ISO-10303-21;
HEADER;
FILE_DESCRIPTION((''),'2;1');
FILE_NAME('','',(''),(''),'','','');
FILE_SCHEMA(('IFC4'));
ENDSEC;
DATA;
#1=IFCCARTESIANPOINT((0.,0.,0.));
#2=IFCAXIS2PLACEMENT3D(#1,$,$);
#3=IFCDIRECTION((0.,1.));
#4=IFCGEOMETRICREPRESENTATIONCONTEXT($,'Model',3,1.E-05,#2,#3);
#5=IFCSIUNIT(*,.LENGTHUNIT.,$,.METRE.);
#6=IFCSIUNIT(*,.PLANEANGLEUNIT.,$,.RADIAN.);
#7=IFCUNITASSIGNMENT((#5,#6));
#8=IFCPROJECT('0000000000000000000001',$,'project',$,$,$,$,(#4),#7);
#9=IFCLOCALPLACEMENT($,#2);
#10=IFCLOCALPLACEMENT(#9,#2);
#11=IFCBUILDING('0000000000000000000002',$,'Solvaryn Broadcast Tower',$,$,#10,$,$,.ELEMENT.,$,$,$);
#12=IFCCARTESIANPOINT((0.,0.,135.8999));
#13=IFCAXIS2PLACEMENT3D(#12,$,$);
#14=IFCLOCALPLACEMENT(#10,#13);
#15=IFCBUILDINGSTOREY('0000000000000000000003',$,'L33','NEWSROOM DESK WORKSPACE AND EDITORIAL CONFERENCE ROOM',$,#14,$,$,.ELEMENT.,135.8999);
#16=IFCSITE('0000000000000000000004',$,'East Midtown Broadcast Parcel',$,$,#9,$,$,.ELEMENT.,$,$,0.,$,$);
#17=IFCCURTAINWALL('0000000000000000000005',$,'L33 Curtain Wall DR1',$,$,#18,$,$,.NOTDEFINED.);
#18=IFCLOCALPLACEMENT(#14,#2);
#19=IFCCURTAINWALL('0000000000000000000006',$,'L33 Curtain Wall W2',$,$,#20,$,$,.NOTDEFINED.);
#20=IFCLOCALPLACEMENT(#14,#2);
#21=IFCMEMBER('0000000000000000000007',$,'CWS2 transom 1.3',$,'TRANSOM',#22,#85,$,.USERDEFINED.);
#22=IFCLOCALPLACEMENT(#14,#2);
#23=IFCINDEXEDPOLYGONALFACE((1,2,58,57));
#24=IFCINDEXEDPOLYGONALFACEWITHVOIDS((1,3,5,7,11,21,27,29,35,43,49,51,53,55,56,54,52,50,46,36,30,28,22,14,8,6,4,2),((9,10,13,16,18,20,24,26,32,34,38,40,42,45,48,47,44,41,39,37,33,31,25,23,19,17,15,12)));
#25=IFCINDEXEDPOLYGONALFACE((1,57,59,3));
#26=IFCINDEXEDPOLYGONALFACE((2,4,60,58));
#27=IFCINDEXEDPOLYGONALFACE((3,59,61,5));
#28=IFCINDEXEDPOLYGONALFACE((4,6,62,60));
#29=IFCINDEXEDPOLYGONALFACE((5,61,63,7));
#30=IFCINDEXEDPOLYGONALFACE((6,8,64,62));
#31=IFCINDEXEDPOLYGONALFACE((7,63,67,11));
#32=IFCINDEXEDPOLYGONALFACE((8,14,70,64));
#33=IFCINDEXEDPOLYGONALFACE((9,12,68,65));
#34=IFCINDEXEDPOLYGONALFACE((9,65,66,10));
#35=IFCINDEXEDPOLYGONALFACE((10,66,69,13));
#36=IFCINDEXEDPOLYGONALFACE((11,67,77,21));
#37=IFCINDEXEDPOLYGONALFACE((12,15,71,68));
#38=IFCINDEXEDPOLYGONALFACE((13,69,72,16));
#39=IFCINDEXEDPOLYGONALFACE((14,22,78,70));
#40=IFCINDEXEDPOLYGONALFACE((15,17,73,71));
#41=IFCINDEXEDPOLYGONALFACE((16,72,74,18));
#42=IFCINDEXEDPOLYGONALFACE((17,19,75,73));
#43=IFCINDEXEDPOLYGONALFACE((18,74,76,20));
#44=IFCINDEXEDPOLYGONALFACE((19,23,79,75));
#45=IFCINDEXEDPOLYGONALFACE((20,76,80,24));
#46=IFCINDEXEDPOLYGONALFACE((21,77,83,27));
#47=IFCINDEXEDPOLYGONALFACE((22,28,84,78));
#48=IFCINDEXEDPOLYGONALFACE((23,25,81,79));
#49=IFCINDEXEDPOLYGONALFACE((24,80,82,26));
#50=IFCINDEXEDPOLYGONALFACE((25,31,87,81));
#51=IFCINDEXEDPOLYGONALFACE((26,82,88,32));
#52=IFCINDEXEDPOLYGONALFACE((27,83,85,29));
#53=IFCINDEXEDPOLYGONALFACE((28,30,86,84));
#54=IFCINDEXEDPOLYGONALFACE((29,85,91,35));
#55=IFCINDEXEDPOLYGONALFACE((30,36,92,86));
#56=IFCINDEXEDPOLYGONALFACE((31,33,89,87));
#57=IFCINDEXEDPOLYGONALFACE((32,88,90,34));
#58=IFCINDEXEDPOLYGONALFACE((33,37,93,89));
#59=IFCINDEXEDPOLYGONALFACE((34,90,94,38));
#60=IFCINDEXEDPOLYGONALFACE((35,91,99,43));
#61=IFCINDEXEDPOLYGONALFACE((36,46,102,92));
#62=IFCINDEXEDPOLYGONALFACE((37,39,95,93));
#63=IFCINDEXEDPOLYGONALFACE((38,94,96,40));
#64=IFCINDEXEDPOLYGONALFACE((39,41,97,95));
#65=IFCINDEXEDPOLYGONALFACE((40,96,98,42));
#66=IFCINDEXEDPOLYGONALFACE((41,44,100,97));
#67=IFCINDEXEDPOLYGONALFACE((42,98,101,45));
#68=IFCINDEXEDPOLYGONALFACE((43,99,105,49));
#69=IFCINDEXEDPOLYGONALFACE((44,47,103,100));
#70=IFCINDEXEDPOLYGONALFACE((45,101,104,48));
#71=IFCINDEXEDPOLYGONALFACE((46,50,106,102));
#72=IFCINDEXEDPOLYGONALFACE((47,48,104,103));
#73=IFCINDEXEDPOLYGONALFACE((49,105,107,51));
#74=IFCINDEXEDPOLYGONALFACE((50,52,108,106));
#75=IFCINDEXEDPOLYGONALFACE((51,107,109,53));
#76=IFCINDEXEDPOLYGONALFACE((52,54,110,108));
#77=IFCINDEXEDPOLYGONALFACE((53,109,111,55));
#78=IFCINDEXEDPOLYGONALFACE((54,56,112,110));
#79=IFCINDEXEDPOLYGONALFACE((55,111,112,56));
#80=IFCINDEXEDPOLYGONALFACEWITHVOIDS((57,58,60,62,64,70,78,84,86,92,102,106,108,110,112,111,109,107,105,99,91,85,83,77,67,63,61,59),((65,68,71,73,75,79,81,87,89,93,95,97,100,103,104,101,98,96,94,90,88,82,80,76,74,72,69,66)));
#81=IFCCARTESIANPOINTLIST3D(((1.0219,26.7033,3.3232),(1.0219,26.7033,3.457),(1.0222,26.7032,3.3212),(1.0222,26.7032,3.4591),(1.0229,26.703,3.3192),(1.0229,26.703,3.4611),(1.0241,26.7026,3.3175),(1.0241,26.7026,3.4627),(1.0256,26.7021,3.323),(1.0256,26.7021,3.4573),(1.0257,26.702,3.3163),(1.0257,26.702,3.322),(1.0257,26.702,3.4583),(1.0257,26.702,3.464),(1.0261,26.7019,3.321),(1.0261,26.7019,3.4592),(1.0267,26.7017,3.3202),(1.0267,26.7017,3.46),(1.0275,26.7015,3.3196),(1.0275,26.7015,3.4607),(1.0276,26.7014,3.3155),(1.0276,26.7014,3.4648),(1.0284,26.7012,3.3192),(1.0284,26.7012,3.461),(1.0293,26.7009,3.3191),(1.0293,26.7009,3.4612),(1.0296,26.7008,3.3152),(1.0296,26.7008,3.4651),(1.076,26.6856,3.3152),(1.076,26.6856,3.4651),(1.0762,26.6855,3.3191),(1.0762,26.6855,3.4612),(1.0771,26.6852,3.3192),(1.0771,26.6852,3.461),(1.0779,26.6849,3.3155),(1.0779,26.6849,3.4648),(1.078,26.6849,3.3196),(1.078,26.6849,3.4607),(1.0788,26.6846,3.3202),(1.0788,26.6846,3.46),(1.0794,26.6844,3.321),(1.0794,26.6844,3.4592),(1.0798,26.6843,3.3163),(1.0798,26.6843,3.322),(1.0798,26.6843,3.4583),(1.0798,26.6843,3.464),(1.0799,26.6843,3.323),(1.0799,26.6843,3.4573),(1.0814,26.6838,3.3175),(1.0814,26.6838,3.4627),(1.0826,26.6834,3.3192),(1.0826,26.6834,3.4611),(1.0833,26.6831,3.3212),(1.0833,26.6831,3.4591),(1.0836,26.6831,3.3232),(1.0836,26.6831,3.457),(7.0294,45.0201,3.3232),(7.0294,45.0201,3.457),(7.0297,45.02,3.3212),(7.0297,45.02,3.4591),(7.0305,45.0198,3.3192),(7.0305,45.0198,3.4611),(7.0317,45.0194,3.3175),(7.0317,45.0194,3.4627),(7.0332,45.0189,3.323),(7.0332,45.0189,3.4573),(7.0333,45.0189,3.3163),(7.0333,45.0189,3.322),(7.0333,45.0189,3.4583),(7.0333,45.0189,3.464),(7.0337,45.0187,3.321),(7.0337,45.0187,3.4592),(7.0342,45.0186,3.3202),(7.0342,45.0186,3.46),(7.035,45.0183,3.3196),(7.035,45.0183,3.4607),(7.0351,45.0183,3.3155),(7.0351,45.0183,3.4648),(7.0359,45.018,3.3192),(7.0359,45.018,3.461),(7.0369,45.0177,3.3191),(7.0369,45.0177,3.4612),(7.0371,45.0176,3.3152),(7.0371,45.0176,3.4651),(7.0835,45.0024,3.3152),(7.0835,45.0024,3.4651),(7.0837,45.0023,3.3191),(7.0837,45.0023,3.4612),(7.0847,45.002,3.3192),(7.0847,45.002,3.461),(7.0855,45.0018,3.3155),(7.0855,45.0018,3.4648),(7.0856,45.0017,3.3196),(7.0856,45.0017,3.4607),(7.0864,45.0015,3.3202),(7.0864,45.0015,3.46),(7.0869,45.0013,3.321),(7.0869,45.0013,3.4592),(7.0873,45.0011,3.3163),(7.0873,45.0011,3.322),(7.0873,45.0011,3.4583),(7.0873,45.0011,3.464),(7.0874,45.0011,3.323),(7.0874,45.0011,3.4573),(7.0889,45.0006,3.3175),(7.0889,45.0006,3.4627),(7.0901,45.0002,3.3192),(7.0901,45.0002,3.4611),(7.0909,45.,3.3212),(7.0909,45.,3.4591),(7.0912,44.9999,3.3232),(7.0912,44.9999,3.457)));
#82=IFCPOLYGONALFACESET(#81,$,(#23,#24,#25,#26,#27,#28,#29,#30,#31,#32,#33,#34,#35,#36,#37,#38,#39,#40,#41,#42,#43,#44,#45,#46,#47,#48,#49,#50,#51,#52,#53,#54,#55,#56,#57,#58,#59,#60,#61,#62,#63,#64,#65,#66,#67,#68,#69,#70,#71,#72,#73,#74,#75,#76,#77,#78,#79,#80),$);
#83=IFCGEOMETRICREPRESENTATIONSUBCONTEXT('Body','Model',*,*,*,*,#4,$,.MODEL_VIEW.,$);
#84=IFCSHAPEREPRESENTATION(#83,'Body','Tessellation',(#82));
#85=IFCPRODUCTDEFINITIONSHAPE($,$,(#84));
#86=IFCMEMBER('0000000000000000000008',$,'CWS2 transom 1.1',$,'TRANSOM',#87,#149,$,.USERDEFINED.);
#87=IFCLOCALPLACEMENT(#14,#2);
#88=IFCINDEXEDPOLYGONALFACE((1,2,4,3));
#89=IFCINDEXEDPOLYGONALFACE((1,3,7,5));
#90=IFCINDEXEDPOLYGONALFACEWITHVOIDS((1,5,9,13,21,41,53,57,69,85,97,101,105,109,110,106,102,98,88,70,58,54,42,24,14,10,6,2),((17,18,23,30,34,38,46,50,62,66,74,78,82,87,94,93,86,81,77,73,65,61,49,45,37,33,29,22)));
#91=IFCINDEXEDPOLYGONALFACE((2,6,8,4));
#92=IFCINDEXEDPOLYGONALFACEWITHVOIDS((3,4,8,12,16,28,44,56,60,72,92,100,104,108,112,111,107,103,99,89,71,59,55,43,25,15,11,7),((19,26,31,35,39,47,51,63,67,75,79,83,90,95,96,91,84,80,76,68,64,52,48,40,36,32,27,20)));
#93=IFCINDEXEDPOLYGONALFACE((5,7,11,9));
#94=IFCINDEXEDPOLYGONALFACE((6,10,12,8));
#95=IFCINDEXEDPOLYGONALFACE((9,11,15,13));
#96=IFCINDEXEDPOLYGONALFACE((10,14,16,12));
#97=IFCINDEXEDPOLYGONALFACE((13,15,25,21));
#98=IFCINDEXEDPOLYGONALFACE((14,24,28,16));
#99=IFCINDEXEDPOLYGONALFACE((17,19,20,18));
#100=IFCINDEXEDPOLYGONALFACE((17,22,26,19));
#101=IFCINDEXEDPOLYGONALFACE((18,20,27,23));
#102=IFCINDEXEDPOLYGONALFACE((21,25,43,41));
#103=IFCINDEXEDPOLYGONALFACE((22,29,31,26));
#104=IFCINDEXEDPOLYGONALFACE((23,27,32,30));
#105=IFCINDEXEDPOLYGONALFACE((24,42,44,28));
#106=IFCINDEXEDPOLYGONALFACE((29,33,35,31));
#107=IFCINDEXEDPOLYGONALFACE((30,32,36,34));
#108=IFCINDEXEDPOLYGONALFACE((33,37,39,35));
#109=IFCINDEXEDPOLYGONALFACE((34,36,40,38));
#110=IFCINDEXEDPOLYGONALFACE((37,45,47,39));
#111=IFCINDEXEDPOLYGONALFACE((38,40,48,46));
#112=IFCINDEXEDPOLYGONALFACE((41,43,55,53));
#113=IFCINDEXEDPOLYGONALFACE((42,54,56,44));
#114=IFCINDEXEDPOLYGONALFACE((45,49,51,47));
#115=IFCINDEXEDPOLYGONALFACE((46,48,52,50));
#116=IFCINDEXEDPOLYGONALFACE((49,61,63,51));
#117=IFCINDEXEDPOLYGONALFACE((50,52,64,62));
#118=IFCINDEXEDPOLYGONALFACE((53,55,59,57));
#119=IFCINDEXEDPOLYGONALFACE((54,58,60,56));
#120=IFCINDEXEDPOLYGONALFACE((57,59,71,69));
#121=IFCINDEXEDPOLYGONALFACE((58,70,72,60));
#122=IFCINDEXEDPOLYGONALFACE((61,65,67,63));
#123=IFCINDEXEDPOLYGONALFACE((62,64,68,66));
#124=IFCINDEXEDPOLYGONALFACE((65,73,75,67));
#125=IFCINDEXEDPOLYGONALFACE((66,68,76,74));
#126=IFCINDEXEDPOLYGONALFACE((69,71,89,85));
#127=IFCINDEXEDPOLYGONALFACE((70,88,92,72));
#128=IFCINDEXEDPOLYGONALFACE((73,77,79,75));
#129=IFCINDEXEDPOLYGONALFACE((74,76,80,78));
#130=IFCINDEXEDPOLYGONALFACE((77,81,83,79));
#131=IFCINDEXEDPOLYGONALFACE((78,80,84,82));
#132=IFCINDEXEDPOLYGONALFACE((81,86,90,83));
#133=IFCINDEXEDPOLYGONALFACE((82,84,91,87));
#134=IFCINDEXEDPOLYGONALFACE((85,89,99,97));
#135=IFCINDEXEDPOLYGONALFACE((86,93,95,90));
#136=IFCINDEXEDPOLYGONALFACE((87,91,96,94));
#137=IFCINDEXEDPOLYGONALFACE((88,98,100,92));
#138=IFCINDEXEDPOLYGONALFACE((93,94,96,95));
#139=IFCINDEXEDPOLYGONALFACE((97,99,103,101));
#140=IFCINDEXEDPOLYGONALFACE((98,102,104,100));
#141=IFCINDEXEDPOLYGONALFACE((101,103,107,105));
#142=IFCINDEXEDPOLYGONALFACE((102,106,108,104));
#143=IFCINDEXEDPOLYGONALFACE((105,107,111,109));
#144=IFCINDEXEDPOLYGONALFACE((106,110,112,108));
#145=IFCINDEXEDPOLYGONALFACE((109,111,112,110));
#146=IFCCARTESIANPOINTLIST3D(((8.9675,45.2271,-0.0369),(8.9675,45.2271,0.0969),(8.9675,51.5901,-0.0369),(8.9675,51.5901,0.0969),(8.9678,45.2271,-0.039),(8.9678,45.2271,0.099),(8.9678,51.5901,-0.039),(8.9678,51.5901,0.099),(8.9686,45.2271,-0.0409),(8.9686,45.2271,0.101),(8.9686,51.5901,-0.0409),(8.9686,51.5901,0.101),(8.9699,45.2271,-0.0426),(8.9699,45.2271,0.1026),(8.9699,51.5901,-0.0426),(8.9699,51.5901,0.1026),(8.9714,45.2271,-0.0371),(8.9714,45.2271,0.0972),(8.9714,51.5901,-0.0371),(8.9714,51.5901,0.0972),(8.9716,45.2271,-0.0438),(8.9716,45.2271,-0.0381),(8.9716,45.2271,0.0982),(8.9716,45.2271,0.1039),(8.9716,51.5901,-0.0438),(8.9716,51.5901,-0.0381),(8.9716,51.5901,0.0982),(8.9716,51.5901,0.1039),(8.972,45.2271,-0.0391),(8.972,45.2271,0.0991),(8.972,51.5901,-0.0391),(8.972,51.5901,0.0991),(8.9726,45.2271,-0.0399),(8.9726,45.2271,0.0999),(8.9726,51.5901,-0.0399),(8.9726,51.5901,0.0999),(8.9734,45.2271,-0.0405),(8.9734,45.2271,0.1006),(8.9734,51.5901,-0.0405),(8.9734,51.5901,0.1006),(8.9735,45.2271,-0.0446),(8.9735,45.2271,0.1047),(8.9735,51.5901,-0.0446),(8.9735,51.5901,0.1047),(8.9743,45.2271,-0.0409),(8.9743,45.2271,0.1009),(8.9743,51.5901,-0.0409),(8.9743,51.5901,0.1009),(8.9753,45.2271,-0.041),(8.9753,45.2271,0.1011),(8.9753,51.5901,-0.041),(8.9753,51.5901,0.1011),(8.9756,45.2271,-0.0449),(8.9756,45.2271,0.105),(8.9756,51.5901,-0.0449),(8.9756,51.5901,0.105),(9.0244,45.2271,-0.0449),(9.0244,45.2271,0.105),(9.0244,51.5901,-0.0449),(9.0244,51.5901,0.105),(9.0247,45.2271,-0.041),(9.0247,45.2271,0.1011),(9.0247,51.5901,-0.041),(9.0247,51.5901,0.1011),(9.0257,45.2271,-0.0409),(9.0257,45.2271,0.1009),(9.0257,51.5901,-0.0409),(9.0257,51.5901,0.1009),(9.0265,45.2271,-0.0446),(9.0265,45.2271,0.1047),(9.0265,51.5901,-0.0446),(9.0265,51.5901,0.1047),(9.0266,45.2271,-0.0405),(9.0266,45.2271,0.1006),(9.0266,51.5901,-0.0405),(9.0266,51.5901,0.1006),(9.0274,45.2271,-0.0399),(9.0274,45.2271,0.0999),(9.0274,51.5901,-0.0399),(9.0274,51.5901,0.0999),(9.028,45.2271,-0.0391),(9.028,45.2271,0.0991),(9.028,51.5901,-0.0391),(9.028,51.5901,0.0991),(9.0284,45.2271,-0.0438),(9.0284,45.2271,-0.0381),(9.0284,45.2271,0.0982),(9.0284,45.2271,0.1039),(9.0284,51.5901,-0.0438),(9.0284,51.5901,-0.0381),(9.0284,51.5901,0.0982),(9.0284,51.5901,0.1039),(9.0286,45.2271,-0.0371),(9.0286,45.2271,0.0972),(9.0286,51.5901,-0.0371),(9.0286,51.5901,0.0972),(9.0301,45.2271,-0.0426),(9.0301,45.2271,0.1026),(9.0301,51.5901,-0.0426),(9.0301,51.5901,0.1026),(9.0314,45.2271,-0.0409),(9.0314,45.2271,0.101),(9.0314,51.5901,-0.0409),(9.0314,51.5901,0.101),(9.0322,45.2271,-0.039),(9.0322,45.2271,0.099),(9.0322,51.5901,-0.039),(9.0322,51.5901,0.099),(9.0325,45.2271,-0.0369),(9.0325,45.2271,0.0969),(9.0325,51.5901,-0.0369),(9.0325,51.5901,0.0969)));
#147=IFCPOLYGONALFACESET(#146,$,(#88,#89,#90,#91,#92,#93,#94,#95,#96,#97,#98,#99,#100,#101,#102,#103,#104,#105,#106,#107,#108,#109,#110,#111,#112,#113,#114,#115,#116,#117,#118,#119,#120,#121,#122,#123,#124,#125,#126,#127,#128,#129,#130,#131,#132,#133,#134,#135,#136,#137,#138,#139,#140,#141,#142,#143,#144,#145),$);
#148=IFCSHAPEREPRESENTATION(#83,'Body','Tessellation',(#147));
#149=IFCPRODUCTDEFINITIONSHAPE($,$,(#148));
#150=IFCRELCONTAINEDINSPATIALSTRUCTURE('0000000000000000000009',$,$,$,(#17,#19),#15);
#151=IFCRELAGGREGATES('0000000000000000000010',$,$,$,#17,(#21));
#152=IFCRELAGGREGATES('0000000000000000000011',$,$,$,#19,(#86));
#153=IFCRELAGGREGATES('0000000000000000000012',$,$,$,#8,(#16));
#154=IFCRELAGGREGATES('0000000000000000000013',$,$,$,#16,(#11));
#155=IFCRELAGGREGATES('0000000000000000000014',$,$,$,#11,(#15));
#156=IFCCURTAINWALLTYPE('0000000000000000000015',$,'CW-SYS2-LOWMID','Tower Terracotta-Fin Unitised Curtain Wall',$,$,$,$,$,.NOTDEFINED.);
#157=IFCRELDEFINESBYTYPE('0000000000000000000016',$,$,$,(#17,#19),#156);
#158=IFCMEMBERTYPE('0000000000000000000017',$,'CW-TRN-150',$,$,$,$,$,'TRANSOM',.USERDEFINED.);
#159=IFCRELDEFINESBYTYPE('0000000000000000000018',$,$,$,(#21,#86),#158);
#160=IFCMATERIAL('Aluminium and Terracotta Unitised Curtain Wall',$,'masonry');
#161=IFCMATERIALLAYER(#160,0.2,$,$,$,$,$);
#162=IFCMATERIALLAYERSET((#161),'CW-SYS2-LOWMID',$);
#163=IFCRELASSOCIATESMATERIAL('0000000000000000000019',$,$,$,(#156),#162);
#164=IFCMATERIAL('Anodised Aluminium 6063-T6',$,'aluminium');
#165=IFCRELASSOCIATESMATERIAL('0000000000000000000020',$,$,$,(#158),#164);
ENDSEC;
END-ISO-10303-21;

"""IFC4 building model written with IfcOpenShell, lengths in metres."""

from ifc_helpers import new_model, si_unit, direction, frame, origin, origin_2d, place, context, subcontext, project, spatial, hollow_rectangle, extrude, material, layer, layer_set, material_profile, profile_set, type_object, element, aggregate, save


model = new_model("IFC4")

# Units and contexts
model_context = context("Model", 3, precision=1e-05, world=origin(), true_north=direction((0.0, 1.0)))
body_context = subcontext(model_context, "Body", "Model", "MODEL_VIEW")
ifc_project = project(units=[si_unit("LENGTHUNIT", "METRE"), si_unit("PLANEANGLEUNIT", "RADIAN")], contexts=[model_context])

# Site, building, storey
site_placement = place(None, origin())
site = spatial("IfcSite", under=ifc_project, at=site_placement, Name="East Midtown Broadcast Parcel", CompositionType="ELEMENT", RefElevation=0.0)
building_placement = place(site_placement, origin())
building = spatial("IfcBuilding", under=site, at=building_placement, Name="Solvaryn Broadcast Tower", CompositionType="ELEMENT")
storey_placement = place(building_placement, frame((0.0, 0.0, 135.8999)))
storey = spatial("IfcBuildingStorey", under=building, at=storey_placement, Name="L33", Description="NEWSROOM DESK WORKSPACE AND EDITORIAL CONFERENCE ROOM", CompositionType="ELEMENT", Elevation=135.8999)

# Curtain walls
ifc_material_1 = material(Name="Aluminium and Terracotta Unitised Curtain Wall", Category="masonry")
ifc_layer_1 = layer(ifc_material_1, 0.2)
ifc_layer_set_1 = layer_set([ifc_layer_1], Name="CW-SYS2-LOWMID")
curtain_wall_type = type_object("IfcCurtainWallType", Name="CW-SYS2-LOWMID", Description="Tower Terracotta-Fin Unitised Curtain Wall", PredefinedType="NOTDEFINED", material=ifc_layer_set_1)
curtain_wall_1_placement = place(storey_placement, origin())
curtain_wall_1 = element("IfcCurtainWall", 1, at=curtain_wall_1_placement, inside=storey, type_object=curtain_wall_type, Name="L33 Curtain Wall DR1", PredefinedType="NOTDEFINED")
curtain_wall_2_placement = place(storey_placement, origin())
curtain_wall_2 = element("IfcCurtainWall", 2, at=curtain_wall_2_placement, inside=storey, type_object=curtain_wall_type, Name="L33 Curtain Wall W2", PredefinedType="NOTDEFINED")

# Members
ifc_material_2 = material(Name="Anodised Aluminium 6063-T6", Category="aluminium")
ifc_material_profile_1 = material_profile(ifc_material_2, hollow_rectangle(XDim=0.0649, YDim=0.1499, WallThickness=0.0039, InnerFilletRadius=0.0039, OuterFilletRadius=0.0081, at=origin_2d()))
ifc_profile_set_1 = profile_set([ifc_material_profile_1], Name="Anodised Aluminium 6063-T6")
member_type_1 = type_object("IfcMemberType", Name="CW-TRN-150", ElementType="TRANSOM", PredefinedType="USERDEFINED", material=ifc_profile_set_1)
member_1_placement = place(storey_placement, frame((7.0603, 45.01, 3.3901), z_axis=(-0.311646, -0.950198, 0.0), x_axis=(0.950198, -0.311646, 0.0)))
member_1 = element("IfcMember", 3, at=member_1_placement, type_object=member_type_1, Name="CWS2 transom 1.3", ObjectType="TRANSOM", PredefinedType="USERDEFINED", context=body_context, shape_type="SweptSolid", body=[
    extrude(hollow_rectangle(XDim=0.0649, YDim=0.1499, WallThickness=0.0039, InnerFilletRadius=0.0039, OuterFilletRadius=0.0081, at=origin_2d()), origin(), (0.0, 0.0, 1.0), 19.2769),
])
aggregate(curtain_wall_1, [member_1])
member_2_placement = place(storey_placement, frame((9.0, 45.2271, 0.03), z_axis=(0.0, 1.0, 0.0), x_axis=(-1.0, 0.0, 0.0)))
member_2 = element("IfcMember", 4, at=member_2_placement, type_object=member_type_1, Name="CWS2 transom 1.1", ObjectType="TRANSOM", PredefinedType="USERDEFINED", context=body_context, shape_type="SweptSolid", body=[
    extrude(hollow_rectangle(XDim=0.0649, YDim=0.1499, WallThickness=0.0039, InnerFilletRadius=0.0039, OuterFilletRadius=0.0081, at=origin_2d()), origin(), (0.0, 0.0, 1.0), 6.363),
])
aggregate(curtain_wall_2, [member_2])

save(model, "model.ifc")
